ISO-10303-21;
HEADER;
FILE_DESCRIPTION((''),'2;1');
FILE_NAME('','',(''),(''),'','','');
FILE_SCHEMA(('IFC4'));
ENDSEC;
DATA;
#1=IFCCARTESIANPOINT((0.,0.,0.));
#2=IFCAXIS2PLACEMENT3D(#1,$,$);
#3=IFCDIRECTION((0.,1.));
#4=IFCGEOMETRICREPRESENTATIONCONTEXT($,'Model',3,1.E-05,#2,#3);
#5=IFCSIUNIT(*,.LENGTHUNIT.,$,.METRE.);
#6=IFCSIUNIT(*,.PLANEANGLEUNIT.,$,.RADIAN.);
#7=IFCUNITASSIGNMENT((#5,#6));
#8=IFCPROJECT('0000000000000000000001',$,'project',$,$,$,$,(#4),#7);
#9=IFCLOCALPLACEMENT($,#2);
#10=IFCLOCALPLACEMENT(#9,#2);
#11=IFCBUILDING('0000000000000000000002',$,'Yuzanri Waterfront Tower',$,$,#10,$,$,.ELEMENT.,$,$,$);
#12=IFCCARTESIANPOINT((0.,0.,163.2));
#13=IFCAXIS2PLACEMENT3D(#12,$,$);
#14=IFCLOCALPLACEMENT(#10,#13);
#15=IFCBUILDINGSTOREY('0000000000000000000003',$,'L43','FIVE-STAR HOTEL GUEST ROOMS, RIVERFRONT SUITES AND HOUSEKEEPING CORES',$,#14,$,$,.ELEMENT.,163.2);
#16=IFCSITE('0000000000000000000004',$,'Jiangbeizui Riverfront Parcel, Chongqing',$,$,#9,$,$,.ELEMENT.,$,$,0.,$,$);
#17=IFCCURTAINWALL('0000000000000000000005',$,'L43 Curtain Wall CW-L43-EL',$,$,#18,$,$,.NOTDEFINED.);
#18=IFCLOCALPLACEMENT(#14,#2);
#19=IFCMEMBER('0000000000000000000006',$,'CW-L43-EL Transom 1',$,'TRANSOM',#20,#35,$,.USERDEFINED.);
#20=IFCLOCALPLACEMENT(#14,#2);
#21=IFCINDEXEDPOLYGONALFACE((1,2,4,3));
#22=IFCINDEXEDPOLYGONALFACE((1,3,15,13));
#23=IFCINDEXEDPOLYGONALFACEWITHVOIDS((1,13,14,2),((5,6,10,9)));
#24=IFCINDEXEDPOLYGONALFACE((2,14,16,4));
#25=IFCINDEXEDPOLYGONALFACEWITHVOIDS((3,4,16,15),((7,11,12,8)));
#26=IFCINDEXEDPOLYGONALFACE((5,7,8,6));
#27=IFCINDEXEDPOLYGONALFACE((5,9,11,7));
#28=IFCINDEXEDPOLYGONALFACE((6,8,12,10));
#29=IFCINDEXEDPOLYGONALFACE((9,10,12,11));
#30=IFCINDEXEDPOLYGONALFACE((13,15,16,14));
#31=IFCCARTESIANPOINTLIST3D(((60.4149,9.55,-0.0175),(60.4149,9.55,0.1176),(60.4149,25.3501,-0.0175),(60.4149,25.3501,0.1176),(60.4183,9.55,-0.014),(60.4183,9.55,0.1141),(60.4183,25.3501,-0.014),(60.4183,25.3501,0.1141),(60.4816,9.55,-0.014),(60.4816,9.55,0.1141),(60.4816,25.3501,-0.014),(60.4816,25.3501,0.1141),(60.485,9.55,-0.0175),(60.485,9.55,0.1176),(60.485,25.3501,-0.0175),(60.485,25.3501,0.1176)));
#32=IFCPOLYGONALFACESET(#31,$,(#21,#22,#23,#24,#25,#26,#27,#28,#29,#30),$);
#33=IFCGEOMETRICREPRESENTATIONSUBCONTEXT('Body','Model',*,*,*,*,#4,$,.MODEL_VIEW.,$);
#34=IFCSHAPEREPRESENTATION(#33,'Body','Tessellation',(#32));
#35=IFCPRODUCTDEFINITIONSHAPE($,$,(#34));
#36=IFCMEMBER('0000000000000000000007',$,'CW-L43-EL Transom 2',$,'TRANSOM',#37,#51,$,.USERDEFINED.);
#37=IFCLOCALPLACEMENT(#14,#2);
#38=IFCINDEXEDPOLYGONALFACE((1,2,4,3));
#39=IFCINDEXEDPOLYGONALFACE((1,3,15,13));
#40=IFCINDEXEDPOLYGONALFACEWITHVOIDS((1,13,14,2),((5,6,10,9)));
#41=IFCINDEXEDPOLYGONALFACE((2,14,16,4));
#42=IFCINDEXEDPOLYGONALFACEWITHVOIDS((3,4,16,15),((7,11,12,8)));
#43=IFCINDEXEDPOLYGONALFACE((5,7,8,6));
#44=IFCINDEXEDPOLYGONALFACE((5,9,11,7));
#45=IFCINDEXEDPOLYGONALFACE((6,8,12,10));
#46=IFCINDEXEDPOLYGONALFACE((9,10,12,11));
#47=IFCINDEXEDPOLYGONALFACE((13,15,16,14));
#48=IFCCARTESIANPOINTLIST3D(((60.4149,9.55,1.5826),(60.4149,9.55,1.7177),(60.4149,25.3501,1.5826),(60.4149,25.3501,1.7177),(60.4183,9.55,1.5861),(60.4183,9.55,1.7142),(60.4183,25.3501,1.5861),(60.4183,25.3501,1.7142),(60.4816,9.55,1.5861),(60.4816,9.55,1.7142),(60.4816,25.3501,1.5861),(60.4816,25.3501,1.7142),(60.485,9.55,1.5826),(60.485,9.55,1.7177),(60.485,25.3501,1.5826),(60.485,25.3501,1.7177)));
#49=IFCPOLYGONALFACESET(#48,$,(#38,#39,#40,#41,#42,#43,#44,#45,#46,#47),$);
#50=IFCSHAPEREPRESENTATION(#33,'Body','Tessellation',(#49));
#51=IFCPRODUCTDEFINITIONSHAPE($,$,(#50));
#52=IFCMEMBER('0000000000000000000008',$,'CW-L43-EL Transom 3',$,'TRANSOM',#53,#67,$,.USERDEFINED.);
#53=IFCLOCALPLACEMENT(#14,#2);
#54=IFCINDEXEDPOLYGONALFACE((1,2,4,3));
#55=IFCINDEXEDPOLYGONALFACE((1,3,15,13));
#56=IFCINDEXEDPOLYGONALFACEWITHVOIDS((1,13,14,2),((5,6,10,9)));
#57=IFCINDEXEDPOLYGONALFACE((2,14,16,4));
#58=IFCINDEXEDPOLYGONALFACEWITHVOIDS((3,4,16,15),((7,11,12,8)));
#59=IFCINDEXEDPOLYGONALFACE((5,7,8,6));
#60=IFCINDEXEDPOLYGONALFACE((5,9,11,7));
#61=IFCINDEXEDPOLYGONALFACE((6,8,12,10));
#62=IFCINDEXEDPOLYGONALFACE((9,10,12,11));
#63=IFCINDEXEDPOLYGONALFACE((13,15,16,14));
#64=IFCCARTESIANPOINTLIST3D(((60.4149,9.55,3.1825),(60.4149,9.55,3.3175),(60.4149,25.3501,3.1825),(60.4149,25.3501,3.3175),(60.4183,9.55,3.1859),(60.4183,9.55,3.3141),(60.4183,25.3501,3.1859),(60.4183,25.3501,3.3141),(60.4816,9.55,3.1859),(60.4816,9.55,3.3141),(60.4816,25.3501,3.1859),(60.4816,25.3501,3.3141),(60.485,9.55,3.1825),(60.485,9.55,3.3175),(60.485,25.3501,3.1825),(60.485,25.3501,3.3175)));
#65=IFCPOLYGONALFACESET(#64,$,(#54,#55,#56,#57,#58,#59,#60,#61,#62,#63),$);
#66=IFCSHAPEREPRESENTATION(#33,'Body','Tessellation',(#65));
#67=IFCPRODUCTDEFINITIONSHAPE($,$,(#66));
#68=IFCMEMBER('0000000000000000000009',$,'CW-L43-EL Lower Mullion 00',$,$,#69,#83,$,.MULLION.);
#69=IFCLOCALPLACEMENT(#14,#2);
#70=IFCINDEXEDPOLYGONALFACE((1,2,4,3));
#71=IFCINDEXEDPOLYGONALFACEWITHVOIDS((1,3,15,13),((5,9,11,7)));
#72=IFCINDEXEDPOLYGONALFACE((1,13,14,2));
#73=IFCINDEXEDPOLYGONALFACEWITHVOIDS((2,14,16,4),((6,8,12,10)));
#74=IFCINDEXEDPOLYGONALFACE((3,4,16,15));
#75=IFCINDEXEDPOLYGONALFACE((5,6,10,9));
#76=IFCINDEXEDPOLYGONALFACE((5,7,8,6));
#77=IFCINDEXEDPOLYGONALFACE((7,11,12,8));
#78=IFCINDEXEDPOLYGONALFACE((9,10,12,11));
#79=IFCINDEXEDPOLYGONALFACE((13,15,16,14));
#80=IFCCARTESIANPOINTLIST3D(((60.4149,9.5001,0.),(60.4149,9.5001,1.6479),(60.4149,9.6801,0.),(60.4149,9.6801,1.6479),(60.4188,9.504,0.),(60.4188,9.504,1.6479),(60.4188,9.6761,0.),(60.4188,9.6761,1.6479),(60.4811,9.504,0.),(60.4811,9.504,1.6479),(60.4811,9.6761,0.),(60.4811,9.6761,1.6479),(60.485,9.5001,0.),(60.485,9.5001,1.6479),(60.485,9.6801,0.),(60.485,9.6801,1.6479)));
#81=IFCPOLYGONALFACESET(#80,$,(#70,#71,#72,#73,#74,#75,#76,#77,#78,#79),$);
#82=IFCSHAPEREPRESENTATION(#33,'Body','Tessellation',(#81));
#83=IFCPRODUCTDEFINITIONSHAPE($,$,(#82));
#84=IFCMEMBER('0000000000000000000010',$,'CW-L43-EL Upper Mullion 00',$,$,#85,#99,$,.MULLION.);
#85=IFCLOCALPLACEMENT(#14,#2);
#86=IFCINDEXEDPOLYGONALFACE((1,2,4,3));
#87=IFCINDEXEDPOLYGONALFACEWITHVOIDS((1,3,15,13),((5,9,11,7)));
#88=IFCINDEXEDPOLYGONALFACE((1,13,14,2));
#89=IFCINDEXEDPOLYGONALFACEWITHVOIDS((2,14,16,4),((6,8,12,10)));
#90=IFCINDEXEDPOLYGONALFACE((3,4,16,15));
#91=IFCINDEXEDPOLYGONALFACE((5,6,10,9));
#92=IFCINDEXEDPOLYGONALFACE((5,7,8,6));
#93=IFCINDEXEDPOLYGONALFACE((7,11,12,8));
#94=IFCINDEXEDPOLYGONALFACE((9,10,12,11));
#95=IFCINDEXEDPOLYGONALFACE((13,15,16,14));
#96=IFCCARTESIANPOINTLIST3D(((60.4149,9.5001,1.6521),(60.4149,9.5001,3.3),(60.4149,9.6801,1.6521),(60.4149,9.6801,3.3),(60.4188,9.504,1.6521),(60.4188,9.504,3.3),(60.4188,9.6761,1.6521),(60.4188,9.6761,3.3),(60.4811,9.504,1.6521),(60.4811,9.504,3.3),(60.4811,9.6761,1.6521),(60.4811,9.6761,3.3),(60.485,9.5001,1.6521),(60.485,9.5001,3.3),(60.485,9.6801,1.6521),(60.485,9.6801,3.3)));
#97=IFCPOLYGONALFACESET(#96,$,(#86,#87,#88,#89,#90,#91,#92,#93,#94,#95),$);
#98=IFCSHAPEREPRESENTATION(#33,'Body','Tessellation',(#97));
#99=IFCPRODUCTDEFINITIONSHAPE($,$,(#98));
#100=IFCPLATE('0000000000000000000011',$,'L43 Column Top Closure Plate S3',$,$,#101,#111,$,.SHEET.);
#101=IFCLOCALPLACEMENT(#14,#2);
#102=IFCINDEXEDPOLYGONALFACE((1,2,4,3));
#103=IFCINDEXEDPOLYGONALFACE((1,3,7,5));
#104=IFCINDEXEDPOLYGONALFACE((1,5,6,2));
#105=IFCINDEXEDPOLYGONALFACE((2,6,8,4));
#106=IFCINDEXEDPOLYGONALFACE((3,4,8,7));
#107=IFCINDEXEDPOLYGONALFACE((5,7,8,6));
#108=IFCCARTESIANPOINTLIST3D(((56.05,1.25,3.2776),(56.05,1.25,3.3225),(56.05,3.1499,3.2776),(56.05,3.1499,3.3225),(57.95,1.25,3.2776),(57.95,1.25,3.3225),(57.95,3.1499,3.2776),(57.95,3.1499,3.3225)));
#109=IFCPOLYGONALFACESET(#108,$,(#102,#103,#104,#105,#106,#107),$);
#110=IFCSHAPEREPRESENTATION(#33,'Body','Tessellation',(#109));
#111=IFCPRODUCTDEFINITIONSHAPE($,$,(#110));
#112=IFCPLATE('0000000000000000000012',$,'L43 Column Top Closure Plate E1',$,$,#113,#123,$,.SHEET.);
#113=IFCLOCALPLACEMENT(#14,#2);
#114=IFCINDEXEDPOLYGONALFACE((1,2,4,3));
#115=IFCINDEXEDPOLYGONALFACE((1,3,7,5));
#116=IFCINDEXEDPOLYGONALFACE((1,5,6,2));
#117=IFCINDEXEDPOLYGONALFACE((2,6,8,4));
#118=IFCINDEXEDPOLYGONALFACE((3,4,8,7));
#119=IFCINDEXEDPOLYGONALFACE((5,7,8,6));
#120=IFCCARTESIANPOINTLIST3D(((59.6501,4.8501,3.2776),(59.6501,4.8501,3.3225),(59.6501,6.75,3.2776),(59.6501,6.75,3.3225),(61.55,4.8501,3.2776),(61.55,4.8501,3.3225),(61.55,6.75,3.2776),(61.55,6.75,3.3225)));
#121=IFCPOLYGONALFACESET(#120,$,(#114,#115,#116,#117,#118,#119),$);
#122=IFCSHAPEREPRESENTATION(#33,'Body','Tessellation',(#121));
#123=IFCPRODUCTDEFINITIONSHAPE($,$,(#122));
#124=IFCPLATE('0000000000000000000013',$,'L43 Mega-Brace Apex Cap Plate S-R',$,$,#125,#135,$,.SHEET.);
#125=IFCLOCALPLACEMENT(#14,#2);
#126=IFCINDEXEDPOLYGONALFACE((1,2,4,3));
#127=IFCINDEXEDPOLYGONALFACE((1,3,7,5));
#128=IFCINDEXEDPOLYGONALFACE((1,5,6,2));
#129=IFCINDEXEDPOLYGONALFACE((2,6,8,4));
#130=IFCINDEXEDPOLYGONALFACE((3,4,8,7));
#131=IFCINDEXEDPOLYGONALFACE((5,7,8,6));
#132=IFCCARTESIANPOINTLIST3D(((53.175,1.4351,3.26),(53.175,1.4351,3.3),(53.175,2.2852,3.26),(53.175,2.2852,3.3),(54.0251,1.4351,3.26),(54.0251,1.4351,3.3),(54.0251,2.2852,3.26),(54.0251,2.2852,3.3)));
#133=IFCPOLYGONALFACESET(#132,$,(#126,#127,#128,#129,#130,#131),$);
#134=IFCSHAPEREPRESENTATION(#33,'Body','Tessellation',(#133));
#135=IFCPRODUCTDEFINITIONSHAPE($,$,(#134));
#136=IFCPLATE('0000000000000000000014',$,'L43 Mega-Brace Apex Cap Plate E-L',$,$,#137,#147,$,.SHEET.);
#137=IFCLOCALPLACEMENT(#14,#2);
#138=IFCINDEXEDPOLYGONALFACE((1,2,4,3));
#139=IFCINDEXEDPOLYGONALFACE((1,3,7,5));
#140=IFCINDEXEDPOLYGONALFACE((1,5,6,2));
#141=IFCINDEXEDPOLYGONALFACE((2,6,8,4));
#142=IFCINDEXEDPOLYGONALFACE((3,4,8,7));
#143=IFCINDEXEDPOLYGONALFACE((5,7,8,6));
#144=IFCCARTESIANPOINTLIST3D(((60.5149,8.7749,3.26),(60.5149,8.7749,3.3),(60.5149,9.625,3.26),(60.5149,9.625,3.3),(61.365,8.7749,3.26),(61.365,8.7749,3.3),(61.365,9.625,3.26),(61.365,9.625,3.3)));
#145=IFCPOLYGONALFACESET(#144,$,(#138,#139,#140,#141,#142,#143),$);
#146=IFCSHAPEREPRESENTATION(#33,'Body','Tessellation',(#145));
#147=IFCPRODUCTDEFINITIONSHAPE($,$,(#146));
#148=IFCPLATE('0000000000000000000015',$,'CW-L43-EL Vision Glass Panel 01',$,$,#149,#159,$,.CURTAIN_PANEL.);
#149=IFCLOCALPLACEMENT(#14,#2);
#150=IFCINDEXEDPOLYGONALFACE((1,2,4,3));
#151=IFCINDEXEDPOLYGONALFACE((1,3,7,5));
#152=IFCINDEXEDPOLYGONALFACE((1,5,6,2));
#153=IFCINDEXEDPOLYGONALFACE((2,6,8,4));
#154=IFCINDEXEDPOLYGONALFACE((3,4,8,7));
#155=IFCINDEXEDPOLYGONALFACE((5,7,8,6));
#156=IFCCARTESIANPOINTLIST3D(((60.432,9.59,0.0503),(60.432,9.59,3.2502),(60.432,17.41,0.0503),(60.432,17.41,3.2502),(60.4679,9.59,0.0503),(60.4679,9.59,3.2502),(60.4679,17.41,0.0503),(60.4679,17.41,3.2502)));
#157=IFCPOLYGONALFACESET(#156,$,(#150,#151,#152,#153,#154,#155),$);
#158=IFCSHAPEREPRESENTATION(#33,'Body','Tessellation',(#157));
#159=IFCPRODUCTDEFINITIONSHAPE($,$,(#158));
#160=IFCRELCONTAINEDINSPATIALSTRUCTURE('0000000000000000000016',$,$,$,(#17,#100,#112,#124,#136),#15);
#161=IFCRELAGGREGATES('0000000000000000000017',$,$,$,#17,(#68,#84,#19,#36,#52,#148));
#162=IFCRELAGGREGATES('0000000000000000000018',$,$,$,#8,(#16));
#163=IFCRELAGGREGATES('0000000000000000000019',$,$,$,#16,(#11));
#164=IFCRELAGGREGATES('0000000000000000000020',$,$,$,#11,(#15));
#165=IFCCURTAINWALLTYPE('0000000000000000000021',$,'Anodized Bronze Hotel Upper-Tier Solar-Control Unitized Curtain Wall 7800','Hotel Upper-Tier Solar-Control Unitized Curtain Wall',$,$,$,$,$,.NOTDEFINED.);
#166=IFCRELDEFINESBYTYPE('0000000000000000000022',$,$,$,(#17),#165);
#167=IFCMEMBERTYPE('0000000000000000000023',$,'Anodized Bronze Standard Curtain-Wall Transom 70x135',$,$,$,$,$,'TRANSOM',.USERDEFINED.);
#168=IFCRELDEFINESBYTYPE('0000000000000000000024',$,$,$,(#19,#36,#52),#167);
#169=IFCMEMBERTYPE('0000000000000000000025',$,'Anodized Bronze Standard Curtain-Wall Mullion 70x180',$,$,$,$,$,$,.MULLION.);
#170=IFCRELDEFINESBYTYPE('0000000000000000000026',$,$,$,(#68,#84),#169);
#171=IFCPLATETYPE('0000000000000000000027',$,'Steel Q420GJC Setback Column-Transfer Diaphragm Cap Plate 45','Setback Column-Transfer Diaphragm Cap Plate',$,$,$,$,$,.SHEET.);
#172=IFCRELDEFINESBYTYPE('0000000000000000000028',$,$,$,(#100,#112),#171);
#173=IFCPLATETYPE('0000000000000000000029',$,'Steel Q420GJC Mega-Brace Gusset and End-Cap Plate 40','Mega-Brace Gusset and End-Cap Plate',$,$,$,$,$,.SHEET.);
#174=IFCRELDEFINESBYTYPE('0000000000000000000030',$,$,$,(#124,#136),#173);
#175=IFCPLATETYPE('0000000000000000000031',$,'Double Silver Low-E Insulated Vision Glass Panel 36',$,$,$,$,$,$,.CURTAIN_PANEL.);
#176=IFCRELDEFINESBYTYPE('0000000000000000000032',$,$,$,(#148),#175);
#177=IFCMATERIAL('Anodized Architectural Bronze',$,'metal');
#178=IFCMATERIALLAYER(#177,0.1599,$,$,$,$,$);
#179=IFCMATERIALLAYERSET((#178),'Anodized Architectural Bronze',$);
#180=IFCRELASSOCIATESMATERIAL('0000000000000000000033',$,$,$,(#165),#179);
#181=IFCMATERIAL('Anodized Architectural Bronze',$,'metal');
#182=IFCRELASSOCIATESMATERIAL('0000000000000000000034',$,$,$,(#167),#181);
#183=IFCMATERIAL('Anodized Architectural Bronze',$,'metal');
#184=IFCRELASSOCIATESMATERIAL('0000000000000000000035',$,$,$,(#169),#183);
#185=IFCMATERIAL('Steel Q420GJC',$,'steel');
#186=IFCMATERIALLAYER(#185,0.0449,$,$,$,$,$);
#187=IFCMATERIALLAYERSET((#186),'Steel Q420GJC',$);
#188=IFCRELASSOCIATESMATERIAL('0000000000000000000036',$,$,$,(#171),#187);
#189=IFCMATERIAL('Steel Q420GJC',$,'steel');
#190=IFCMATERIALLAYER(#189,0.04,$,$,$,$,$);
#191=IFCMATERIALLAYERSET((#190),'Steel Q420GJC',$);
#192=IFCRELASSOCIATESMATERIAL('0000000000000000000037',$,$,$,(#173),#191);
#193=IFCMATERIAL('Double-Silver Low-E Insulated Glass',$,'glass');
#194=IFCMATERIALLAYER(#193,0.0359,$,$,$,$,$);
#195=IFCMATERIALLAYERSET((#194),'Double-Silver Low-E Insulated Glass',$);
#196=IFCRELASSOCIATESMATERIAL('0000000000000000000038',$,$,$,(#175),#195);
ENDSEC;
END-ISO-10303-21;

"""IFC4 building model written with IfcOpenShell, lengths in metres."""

from ifc_helpers import new_model, si_unit, direction, frame, origin, origin_2d, place, context, subcontext, project, spatial, rectangle, hollow_rectangle, extrude, source, transform, mapped, material, layer, layer_set, material_profile, profile_set, type_object, element, aggregate, save


model = new_model("IFC4")

# Units and contexts
model_context = context("Model", 3, precision=1e-05, world=origin(), true_north=direction((0.0, 1.0)))
body_context = subcontext(model_context, "Body", "Model", "MODEL_VIEW")
ifc_project = project(units=[si_unit("LENGTHUNIT", "METRE"), si_unit("PLANEANGLEUNIT", "RADIAN")], contexts=[model_context])

# Site, building, storey
site_placement = place(None, origin())
site = spatial("IfcSite", under=ifc_project, at=site_placement, Name="Jiangbeizui Riverfront Parcel, Chongqing", CompositionType="ELEMENT", RefElevation=0.0)
building_placement = place(site_placement, origin())
building = spatial("IfcBuilding", under=site, at=building_placement, Name="Yuzanri Waterfront Tower", CompositionType="ELEMENT")
storey_placement = place(building_placement, frame((0.0, 0.0, 163.2)))
storey = spatial("IfcBuildingStorey", under=building, at=storey_placement, Name="L43", Description="FIVE-STAR HOTEL GUEST ROOMS, RIVERFRONT SUITES AND HOUSEKEEPING CORES", CompositionType="ELEMENT", Elevation=163.2)

# Curtain wall, members
ifc_material_1 = material(Name="Anodized Architectural Bronze", Category="metal")
ifc_layer_1 = layer(ifc_material_1, 0.1599)
ifc_layer_set_1 = layer_set([ifc_layer_1], Name="Anodized Architectural Bronze")
curtain_wall_type = type_object("IfcCurtainWallType", Name="Anodized Bronze Hotel Upper-Tier Solar-Control Unitized Curtain Wall 7800", Description="Hotel Upper-Tier Solar-Control Unitized Curtain Wall", PredefinedType="NOTDEFINED", material=ifc_layer_set_1)
curtain_wall_placement = place(storey_placement, origin())
curtain_wall = element("IfcCurtainWall", 1, at=curtain_wall_placement, inside=storey, type_object=curtain_wall_type, Name="L43 Curtain Wall CW-L43-EL", PredefinedType="NOTDEFINED")
ifc_material_2 = material(Name="Anodized Architectural Bronze", Category="metal")
ifc_material_profile_1 = material_profile(ifc_material_2, hollow_rectangle(XDim=0.0701, YDim=0.135, WallThickness=0.0034, at=origin_2d()), Name="CWT 70x135")
ifc_profile_set_1 = profile_set([ifc_material_profile_1], Name="Anodized Architectural Bronze")
member_type_1 = type_object("IfcMemberType", Name="Anodized Bronze Standard Curtain-Wall Transom 70x135", ElementType="TRANSOM", PredefinedType="USERDEFINED", material=ifc_profile_set_1)
shared_shape_1 = source(origin(), body_context, "Body", "SweptSolid", [
    extrude(hollow_rectangle(XDim=0.0701, YDim=0.135, WallThickness=0.0034, at=origin_2d()), origin(), (0.0, 0.0, 1.0), 15.8),
])
member_1_placement = place(storey_placement, frame((60.45, 9.55, 0.05), z_axis=(0.0, 1.0, 0.0), x_axis=(-1.0, 0.0, 0.0)))
member_1 = element("IfcMember", 2, at=member_1_placement, type_object=member_type_1, Name="CW-L43-EL Transom 1", ObjectType="TRANSOM", PredefinedType="USERDEFINED", context=body_context, shape_type="MappedRepresentation", body=[
    mapped(shared_shape_1, transform((0.0, 0.0, 0.0), scale=1.0)),
])
member_2_placement = place(storey_placement, frame((60.45, 9.55, 1.6501), z_axis=(0.0, 1.0, 0.0), x_axis=(-1.0, 0.0, 0.0)))
member_2 = element("IfcMember", 3, at=member_2_placement, type_object=member_type_1, Name="CW-L43-EL Transom 2", ObjectType="TRANSOM", PredefinedType="USERDEFINED", context=body_context, shape_type="MappedRepresentation", body=[
    mapped(shared_shape_1, transform((0.0, 0.0, 0.0), scale=1.0)),
])
member_3_placement = place(storey_placement, frame((60.45, 9.55, 3.25), z_axis=(0.0, 1.0, 0.0), x_axis=(-1.0, 0.0, 0.0)))
member_3 = element("IfcMember", 4, at=member_3_placement, type_object=member_type_1, Name="CW-L43-EL Transom 3", ObjectType="TRANSOM", PredefinedType="USERDEFINED", context=body_context, shape_type="MappedRepresentation", body=[
    mapped(shared_shape_1, transform((0.0, 0.0, 0.0), scale=1.0)),
])
ifc_material_3 = material(Name="Anodized Architectural Bronze", Category="metal")
ifc_material_profile_2 = material_profile(ifc_material_3, hollow_rectangle(XDim=0.0701, YDim=0.1799, WallThickness=0.0039, at=origin_2d()), Name="CWM 70x180")
ifc_profile_set_2 = profile_set([ifc_material_profile_2], Name="Anodized Architectural Bronze")
member_type_2 = type_object("IfcMemberType", Name="Anodized Bronze Standard Curtain-Wall Mullion 70x180", PredefinedType="MULLION", material=ifc_profile_set_2)
shared_shape_2 = source(origin(), body_context, "Body", "SweptSolid", [
    extrude(hollow_rectangle(XDim=0.0701, YDim=0.1799, WallThickness=0.0039, at=origin_2d()), origin(), (0.0, 0.0, 1.0), 1.6479),
])
member_4_placement = place(storey_placement, frame((60.45, 9.5901, 0.0), z_axis=(0.0, 0.0, 1.0), x_axis=(1.0, 0.0, 0.0)))
member_4 = element("IfcMember", 5, at=member_4_placement, type_object=member_type_2, Name="CW-L43-EL Lower Mullion 00", PredefinedType="MULLION", context=body_context, shape_type="MappedRepresentation", body=[
    mapped(shared_shape_2, transform((0.0, 0.0, 0.0), scale=1.0)),
])
member_5_placement = place(storey_placement, frame((60.45, 9.5901, 1.6521), z_axis=(0.0, 0.0, 1.0), x_axis=(1.0, 0.0, 0.0)))
member_5 = element("IfcMember", 6, at=member_5_placement, type_object=member_type_2, Name="CW-L43-EL Upper Mullion 00", PredefinedType="MULLION", context=body_context, shape_type="MappedRepresentation", body=[
    mapped(shared_shape_2, transform((0.0, 0.0, 0.0), scale=1.0)),
])

# Plates
ifc_material_4 = material(Name="Steel Q420GJC", Category="steel")
ifc_layer_2 = layer(ifc_material_4, 0.0449)
ifc_layer_set_2 = layer_set([ifc_layer_2], Name="Steel Q420GJC")
plate_type_1 = type_object("IfcPlateType", Name="Steel Q420GJC Setback Column-Transfer Diaphragm Cap Plate 45", Description="Setback Column-Transfer Diaphragm Cap Plate", PredefinedType="SHEET", material=ifc_layer_set_2)
shared_shape_3 = source(origin(), body_context, "Body", "SweptSolid", [
    extrude(rectangle(XDim=1.8999, YDim=1.8999, at=origin_2d()), origin(), (0.0, 0.0, 1.0), 0.0449),
])
for number, where, z_axis, x_axis, name in (
    (7, (57.0, 2.2, 3.2776), (0.0, 0.0, 1.0), (1.0, 0.0, 0.0), "L43 Column Top Closure Plate S3"),
    (8, (60.6001, 5.8, 3.2776), (0.0, 0.0, 1.0), (1.0, 0.0, 0.0), "L43 Column Top Closure Plate E1"),
):
    element("IfcPlate", number, at=place(storey_placement, frame(where, z_axis=z_axis, x_axis=x_axis)), inside=storey, type_object=plate_type_1, Name=name, PredefinedType="SHEET", context=body_context, shape_type="MappedRepresentation", body=[
        mapped(shared_shape_3, transform((0.0, 0.0, 0.0), scale=1.0)),
    ])
ifc_material_5 = material(Name="Steel Q420GJC", Category="steel")
ifc_layer_3 = layer(ifc_material_5, 0.04)
ifc_layer_set_3 = layer_set([ifc_layer_3], Name="Steel Q420GJC")
plate_type_2 = type_object("IfcPlateType", Name="Steel Q420GJC Mega-Brace Gusset and End-Cap Plate 40", Description="Mega-Brace Gusset and End-Cap Plate", PredefinedType="SHEET", material=ifc_layer_set_3)
shared_shape_4 = source(origin(), body_context, "Body", "SweptSolid", [
    extrude(rectangle(XDim=0.8501, YDim=0.8501, at=origin_2d()), origin(), (0.0, 0.0, 1.0), 0.04),
])
for number, where, z_axis, x_axis, name in (
    (9, (53.6001, 1.8601, 3.26), (0.0, 0.0, 1.0), (1.0, 0.0, 0.0), "L43 Mega-Brace Apex Cap Plate S-R"),
    (10, (60.9399, 9.2, 3.26), (0.0, 0.0, 1.0), (1.0, 0.0, 0.0), "L43 Mega-Brace Apex Cap Plate E-L"),
):
    element("IfcPlate", number, at=place(storey_placement, frame(where, z_axis=z_axis, x_axis=x_axis)), inside=storey, type_object=plate_type_2, Name=name, PredefinedType="SHEET", context=body_context, shape_type="MappedRepresentation", body=[
        mapped(shared_shape_4, transform((0.0, 0.0, 0.0), scale=1.0)),
    ])

# Plate
ifc_material_6 = material(Name="Double-Silver Low-E Insulated Glass", Category="glass")
ifc_layer_4 = layer(ifc_material_6, 0.0359)
ifc_layer_set_4 = layer_set([ifc_layer_4], Name="Double-Silver Low-E Insulated Glass")
plate_type_3 = type_object("IfcPlateType", Name="Double Silver Low-E Insulated Vision Glass Panel 36", PredefinedType="CURTAIN_PANEL", material=ifc_layer_set_4)
shared_shape_5 = source(origin(), body_context, "Body", "SweptSolid", [
    extrude(rectangle(XDim=7.8201, YDim=0.0359, at=origin_2d()), origin(), (0.0, 0.0, 1.0), 3.2),
])
plate_placement = place(storey_placement, frame((60.45, 13.5, 0.0503), z_axis=(0.0, 0.0, 1.0), x_axis=(0.0, 1.0, 0.0)))
plate = element("IfcPlate", 11, at=plate_placement, type_object=plate_type_3, Name="CW-L43-EL Vision Glass Panel 01", PredefinedType="CURTAIN_PANEL", context=body_context, shape_type="MappedRepresentation", body=[
    mapped(shared_shape_5, transform((0.0, 0.0, 0.0), scale=1.0)),
])
aggregate(curtain_wall, [member_4, member_5, member_1, member_2, member_3, plate])

save(model, "model.ifc")
